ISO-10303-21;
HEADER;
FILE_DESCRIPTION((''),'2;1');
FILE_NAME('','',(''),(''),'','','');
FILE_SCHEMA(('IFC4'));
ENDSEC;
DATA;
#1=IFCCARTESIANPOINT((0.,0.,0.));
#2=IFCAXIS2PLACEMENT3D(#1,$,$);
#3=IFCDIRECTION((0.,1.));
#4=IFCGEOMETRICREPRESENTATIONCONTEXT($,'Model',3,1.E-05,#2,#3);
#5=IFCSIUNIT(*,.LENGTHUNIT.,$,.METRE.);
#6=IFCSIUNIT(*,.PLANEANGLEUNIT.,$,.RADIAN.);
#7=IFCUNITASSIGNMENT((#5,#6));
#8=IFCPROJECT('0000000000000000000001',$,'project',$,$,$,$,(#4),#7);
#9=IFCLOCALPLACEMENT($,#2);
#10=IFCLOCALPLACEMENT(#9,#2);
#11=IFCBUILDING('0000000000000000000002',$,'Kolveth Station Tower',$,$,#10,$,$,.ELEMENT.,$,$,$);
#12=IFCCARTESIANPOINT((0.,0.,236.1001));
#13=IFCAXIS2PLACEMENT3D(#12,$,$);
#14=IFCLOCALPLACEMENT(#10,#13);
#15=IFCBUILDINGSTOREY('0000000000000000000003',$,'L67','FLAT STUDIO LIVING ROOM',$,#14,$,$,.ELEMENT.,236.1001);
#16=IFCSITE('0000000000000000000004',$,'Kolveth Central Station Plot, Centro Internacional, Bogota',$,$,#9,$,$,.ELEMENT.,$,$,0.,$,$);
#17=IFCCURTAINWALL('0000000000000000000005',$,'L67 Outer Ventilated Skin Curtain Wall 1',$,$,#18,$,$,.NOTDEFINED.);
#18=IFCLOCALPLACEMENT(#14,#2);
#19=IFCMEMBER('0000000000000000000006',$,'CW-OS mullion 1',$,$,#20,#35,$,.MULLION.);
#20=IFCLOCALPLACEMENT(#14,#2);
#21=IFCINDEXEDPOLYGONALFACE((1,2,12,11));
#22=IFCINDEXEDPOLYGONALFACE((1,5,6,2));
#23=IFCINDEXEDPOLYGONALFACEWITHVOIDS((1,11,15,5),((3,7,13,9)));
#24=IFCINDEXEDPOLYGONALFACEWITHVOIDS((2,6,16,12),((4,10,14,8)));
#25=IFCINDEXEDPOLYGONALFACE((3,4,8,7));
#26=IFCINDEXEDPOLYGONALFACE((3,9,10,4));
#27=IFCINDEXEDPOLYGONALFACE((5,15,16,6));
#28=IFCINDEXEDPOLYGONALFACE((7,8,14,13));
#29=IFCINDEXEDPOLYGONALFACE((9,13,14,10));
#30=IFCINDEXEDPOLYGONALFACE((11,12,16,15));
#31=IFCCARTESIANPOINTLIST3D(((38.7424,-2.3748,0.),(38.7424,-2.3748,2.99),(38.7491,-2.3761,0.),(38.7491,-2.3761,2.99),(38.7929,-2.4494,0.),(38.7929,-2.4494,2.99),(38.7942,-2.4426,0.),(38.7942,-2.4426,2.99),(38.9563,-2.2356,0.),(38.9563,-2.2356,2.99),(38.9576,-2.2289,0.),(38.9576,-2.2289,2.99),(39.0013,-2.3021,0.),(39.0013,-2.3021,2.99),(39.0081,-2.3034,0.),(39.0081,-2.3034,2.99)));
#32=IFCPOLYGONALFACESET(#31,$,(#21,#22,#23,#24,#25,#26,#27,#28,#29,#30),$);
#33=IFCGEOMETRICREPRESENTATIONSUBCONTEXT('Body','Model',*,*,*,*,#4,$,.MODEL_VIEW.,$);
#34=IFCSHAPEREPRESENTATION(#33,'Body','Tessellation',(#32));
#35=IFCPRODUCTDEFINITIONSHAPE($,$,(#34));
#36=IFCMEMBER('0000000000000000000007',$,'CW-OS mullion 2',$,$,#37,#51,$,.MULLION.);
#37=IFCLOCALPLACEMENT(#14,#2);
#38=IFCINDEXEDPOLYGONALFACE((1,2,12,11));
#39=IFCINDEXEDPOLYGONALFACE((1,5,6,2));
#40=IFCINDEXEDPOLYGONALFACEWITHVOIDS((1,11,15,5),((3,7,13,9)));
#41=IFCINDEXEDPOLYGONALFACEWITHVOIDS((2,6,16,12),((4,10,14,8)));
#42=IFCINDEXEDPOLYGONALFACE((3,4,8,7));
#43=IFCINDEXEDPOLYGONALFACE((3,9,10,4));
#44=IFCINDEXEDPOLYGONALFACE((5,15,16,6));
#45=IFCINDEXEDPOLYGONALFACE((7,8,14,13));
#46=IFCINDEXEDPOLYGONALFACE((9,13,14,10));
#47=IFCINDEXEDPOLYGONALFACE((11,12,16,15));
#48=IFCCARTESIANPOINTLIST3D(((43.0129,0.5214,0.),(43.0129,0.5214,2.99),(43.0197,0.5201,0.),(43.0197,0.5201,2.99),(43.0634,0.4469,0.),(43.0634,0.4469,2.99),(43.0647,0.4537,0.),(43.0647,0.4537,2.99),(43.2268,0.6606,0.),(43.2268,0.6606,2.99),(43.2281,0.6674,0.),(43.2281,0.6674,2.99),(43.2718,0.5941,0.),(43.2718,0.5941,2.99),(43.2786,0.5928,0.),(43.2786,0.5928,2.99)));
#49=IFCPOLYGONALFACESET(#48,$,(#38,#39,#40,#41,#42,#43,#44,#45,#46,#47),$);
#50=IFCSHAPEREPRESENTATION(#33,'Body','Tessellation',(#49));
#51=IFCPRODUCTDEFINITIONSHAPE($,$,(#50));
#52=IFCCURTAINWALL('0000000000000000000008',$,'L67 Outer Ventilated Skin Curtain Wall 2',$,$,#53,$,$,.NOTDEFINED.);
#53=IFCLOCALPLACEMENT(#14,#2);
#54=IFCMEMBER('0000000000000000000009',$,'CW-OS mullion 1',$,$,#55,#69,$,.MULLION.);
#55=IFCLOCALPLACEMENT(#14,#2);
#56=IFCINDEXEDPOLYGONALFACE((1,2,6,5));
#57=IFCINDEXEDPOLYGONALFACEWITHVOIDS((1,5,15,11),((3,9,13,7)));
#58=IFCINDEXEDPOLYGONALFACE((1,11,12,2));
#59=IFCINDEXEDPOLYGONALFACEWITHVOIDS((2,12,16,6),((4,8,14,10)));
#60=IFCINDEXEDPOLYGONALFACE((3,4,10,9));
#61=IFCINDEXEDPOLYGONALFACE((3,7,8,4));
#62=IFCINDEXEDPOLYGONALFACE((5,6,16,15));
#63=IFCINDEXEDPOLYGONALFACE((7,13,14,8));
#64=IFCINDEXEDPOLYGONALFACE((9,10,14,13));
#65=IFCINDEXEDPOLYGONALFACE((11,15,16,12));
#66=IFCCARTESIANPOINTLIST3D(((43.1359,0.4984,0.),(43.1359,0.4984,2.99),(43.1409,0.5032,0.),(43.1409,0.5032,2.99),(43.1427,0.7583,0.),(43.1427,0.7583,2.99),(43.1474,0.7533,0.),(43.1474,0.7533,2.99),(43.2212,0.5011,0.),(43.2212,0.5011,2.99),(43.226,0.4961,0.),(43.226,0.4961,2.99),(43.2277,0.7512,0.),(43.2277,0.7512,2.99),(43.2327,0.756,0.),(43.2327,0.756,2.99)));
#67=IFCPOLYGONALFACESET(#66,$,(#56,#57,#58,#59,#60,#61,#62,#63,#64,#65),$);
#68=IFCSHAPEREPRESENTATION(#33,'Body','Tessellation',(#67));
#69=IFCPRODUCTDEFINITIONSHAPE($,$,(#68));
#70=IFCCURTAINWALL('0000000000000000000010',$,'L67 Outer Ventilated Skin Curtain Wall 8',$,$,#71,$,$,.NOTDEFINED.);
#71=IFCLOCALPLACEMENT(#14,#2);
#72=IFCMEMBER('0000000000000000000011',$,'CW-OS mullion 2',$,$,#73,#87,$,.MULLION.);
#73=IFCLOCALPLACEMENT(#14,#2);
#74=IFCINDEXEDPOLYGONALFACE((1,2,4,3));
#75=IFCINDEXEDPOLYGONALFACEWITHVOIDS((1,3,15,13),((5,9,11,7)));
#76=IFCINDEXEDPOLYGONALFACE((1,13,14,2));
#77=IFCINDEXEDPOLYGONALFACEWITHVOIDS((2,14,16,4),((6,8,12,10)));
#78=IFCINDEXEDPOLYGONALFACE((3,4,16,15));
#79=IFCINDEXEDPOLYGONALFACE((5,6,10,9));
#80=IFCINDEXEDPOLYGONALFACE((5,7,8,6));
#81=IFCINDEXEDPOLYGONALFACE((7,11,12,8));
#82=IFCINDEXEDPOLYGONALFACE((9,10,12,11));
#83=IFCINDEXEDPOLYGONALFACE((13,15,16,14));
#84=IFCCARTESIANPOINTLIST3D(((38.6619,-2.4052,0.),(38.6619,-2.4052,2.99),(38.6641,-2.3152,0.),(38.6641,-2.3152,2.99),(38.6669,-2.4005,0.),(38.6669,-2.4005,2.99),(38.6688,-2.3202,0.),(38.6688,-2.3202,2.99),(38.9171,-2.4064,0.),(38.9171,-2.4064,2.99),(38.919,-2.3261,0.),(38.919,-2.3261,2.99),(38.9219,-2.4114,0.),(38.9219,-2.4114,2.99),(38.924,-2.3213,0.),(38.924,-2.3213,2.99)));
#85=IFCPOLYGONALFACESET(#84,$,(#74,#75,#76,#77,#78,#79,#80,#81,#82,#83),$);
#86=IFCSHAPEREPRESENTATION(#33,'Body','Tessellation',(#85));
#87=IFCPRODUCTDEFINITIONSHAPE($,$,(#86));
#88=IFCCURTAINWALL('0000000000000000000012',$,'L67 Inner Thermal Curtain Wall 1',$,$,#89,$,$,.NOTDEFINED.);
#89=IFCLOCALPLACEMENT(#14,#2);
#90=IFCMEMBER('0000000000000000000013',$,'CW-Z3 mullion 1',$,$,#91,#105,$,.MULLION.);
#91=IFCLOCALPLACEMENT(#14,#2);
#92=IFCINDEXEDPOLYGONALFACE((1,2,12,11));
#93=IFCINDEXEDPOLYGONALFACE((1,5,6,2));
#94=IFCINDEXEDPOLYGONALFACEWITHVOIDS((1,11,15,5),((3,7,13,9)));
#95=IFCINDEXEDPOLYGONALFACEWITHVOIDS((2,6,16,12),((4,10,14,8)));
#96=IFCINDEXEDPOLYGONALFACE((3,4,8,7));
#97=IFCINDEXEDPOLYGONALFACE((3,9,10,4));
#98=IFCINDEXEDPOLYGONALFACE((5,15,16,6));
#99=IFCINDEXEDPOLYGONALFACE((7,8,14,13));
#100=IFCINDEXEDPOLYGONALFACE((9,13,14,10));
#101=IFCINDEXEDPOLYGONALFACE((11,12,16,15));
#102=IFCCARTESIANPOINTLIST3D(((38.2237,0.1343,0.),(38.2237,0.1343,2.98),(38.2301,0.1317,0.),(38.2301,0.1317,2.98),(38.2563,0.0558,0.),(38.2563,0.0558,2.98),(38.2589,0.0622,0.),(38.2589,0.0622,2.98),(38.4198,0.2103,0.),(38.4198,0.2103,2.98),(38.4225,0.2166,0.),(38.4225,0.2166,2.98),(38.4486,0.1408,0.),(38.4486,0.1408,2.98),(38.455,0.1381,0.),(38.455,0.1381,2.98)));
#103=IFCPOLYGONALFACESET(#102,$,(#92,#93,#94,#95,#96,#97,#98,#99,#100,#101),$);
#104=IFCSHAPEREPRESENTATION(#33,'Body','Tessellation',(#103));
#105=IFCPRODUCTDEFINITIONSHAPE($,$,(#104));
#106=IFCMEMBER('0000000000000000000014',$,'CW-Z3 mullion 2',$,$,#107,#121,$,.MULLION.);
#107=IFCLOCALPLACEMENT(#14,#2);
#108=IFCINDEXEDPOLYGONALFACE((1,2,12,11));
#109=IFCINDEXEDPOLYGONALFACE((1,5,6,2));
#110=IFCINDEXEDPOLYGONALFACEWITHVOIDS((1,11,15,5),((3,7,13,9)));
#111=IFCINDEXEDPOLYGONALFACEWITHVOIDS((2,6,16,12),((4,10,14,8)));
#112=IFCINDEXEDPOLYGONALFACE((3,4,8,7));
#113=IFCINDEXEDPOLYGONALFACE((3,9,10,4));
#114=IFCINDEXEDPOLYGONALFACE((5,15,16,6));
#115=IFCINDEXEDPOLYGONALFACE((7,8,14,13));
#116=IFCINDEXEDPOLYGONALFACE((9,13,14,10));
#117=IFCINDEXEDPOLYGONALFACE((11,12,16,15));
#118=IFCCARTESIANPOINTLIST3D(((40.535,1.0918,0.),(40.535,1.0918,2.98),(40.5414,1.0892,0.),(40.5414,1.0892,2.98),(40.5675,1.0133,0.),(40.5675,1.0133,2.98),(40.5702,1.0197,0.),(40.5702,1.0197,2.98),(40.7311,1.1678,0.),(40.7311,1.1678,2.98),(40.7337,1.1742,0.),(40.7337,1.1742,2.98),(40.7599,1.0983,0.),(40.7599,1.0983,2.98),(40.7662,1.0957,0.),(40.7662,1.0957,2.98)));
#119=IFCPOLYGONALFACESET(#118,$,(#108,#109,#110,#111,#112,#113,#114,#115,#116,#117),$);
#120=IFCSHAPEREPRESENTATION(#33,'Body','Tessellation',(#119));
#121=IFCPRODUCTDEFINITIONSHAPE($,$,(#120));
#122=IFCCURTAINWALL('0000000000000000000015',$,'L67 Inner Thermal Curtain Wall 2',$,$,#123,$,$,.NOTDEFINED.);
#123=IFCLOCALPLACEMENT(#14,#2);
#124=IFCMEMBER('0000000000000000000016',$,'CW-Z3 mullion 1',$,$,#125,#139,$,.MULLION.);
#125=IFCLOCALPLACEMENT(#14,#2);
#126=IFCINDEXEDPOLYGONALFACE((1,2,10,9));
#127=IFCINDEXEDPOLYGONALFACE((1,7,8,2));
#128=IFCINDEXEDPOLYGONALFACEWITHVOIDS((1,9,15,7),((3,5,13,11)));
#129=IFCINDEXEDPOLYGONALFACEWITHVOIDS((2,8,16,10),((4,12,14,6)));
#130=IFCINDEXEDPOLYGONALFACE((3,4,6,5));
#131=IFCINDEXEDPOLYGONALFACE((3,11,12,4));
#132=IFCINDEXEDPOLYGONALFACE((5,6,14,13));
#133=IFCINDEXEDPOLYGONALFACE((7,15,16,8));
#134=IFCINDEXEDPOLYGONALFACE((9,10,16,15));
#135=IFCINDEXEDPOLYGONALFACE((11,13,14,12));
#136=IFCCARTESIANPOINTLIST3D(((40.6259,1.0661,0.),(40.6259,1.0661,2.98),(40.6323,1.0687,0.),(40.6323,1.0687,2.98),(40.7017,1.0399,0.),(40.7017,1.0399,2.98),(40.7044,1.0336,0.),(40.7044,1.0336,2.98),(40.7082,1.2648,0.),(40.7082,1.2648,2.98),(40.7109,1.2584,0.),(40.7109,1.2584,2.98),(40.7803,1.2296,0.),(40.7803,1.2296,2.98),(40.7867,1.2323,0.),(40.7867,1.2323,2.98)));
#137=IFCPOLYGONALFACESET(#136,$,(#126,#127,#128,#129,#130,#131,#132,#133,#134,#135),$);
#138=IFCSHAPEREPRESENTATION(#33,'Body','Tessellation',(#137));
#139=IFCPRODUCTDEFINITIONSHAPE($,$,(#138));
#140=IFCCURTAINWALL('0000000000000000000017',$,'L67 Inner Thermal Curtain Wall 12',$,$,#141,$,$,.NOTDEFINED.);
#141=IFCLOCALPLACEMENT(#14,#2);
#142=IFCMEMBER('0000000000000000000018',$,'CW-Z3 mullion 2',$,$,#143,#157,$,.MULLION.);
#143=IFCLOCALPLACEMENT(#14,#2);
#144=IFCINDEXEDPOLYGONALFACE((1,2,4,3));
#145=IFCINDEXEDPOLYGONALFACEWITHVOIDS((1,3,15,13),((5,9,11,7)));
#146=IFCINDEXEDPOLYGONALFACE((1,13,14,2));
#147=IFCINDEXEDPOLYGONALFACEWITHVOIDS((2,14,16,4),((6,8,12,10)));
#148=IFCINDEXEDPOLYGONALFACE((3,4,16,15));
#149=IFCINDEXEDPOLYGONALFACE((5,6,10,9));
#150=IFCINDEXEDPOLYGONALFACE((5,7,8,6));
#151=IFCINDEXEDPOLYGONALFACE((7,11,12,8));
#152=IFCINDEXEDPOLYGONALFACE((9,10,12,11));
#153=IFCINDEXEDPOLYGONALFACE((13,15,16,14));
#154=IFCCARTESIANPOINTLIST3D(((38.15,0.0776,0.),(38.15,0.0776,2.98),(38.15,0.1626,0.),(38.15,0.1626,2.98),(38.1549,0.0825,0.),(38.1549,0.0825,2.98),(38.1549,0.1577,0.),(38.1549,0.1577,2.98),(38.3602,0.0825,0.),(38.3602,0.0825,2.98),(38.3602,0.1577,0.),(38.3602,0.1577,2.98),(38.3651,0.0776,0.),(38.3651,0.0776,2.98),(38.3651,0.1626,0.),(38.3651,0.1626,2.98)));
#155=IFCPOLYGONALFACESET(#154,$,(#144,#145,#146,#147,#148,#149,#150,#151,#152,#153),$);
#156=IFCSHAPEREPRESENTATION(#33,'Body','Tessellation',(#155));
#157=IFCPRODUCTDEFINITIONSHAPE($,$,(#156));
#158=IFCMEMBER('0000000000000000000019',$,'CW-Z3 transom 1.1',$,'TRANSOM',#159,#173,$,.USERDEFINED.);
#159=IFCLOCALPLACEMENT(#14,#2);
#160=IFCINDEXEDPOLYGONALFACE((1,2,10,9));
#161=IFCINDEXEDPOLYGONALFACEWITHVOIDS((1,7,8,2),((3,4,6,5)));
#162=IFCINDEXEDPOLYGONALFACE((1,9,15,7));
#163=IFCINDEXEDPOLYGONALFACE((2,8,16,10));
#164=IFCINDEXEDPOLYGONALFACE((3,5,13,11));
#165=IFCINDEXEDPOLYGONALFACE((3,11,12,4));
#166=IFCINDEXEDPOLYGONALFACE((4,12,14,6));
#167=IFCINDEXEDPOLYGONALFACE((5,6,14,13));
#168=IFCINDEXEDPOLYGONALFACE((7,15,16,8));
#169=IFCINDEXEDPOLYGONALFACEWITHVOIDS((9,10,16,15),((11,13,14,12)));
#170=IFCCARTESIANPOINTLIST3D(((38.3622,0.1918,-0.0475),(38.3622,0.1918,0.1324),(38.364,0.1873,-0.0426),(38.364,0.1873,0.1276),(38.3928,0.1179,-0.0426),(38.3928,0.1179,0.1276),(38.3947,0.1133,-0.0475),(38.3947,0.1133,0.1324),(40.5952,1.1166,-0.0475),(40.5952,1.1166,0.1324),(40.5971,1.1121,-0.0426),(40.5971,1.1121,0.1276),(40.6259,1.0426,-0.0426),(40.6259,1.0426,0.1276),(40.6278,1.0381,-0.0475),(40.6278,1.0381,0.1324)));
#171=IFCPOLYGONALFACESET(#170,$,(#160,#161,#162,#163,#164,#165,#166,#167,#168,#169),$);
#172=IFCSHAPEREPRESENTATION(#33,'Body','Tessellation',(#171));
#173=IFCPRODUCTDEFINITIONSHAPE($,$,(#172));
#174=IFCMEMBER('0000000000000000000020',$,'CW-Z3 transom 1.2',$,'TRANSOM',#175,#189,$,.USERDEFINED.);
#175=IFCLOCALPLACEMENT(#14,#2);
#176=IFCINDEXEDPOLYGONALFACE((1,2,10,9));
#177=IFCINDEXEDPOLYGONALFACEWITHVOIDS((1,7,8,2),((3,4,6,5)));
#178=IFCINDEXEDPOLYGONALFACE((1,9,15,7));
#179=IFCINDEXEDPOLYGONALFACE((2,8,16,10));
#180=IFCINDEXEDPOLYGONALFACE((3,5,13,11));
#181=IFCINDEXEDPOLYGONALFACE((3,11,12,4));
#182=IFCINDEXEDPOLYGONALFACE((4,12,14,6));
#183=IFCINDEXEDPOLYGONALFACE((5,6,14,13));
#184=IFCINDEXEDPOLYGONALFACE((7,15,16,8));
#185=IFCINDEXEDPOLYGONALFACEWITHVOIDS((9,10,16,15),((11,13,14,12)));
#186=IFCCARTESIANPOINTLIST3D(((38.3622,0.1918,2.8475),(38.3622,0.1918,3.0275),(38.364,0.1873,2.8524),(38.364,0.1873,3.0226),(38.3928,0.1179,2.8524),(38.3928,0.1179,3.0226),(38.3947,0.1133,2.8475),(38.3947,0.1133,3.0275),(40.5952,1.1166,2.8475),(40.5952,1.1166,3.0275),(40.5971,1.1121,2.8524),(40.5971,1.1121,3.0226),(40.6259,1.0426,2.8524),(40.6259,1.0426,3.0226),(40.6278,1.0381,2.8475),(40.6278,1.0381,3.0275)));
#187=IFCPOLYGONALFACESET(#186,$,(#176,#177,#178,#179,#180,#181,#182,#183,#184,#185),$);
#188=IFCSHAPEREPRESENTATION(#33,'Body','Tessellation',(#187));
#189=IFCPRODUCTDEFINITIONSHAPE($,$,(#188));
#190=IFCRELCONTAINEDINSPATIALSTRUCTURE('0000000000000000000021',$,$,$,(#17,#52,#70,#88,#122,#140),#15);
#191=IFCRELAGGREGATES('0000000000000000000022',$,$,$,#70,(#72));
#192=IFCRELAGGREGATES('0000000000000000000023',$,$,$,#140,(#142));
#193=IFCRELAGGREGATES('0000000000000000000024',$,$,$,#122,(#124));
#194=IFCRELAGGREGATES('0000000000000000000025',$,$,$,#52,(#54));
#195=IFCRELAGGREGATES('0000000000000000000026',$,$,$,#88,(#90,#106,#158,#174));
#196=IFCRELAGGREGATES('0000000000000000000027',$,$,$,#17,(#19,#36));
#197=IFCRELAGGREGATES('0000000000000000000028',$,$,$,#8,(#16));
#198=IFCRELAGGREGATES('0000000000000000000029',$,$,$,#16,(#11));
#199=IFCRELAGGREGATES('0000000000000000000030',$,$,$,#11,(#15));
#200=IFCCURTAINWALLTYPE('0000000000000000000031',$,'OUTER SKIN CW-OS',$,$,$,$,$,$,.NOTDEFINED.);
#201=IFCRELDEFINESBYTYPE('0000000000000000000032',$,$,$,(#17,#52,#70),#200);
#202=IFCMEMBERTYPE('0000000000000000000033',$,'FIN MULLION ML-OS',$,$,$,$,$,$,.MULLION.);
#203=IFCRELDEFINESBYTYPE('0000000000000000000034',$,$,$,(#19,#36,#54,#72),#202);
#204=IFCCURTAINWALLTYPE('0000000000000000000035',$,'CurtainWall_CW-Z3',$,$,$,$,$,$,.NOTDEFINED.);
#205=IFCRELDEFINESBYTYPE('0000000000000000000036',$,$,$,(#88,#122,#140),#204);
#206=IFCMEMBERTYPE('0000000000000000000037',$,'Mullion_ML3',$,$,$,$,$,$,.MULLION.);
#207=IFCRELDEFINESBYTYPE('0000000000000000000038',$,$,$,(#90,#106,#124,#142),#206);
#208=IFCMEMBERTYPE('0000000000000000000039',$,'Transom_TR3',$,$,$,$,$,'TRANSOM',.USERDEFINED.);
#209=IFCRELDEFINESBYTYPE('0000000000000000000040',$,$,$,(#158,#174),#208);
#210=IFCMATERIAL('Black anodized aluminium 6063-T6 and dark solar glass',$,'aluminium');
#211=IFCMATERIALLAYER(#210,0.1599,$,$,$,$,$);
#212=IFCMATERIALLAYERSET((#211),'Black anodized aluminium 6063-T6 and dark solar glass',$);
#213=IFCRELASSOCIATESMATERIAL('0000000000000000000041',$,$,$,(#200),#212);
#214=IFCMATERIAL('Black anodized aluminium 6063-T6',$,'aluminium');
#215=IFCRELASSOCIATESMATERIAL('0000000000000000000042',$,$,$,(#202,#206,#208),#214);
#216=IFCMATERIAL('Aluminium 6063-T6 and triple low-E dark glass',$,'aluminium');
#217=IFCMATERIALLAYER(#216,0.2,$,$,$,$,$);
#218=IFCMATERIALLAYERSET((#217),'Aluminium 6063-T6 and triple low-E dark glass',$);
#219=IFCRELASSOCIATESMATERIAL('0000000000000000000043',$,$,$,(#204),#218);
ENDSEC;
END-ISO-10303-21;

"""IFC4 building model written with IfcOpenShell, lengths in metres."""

from ifc_helpers import new_model, si_unit, direction, frame, origin, origin_2d, place, context, subcontext, project, spatial, hollow_rectangle, extrude, source, transform, mapped, material, layer, layer_set, material_profile, profile_set, type_object, element, aggregate, save


model = new_model("IFC4")

# Units and contexts
model_context = context("Model", 3, precision=1e-05, world=origin(), true_north=direction((0.0, 1.0)))
body_context = subcontext(model_context, "Body", "Model", "MODEL_VIEW")
ifc_project = project(units=[si_unit("LENGTHUNIT", "METRE"), si_unit("PLANEANGLEUNIT", "RADIAN")], contexts=[model_context])

# Site, building, storey
site_placement = place(None, origin())
site = spatial("IfcSite", under=ifc_project, at=site_placement, Name="Kolveth Central Station Plot, Centro Internacional, Bogota", CompositionType="ELEMENT", RefElevation=0.0)
building_placement = place(site_placement, origin())
building = spatial("IfcBuilding", under=site, at=building_placement, Name="Kolveth Station Tower", CompositionType="ELEMENT")
storey_placement = place(building_placement, frame((0.0, 0.0, 236.1001)))
storey = spatial("IfcBuildingStorey", under=building, at=storey_placement, Name="L67", Description="FLAT STUDIO LIVING ROOM", CompositionType="ELEMENT", Elevation=236.1001)

# Curtain wall, members
ifc_material_1 = material(Name="Black anodized aluminium 6063-T6 and dark solar glass", Category="aluminium")
ifc_layer_1 = layer(ifc_material_1, 0.1599)
ifc_layer_set_1 = layer_set([ifc_layer_1], Name="Black anodized aluminium 6063-T6 and dark solar glass")
curtain_wall_type_1 = type_object("IfcCurtainWallType", Name="OUTER SKIN CW-OS", PredefinedType="NOTDEFINED", material=ifc_layer_set_1)
curtain_wall_1_placement = place(storey_placement, origin())
curtain_wall_1 = element("IfcCurtainWall", 1, at=curtain_wall_1_placement, inside=storey, type_object=curtain_wall_type_1, Name="L67 Outer Ventilated Skin Curtain Wall 1", PredefinedType="NOTDEFINED")
ifc_material_2 = material(Name="Black anodized aluminium 6063-T6", Category="aluminium")
ifc_material_profile_1 = material_profile(ifc_material_2, hollow_rectangle(XDim=0.0901, YDim=0.26, WallThickness=0.0049, at=origin_2d()), Name="ALU-90x260x5")
ifc_profile_set_1 = profile_set([ifc_material_profile_1], Name="Black anodized aluminium 6063-T6")
member_type_1 = type_object("IfcMemberType", Name="FIN MULLION ML-OS", PredefinedType="MULLION", material=ifc_profile_set_1)
shared_shape_1 = source(origin(), body_context, "Body", "SweptSolid", [
    extrude(hollow_rectangle(XDim=0.0901, YDim=0.26, WallThickness=0.0049, at=origin_2d()), origin(), (0.0, 0.0, 1.0), 2.99),
])
member_1_placement = place(storey_placement, frame((38.8752, -2.3391, 0.0), z_axis=(0.0, 0.0, 1.0), x_axis=(-0.561263, 0.827638, 0.0)))
member_1 = element("IfcMember", 2, at=member_1_placement, type_object=member_type_1, Name="CW-OS mullion 1", PredefinedType="MULLION", context=body_context, shape_type="MappedRepresentation", body=[
    mapped(shared_shape_1, transform((0.0, 0.0, 0.0), x_axis=(1.0, 0.0, 0.0), y_axis=(0.0, 1.0, 0.0), z_axis=(0.0, 0.0, 1.0), scale=1.0)),
])
member_2_placement = place(storey_placement, frame((43.1458, 0.5571, 0.0), z_axis=(0.0, 0.0, 1.0), x_axis=(-0.561263, 0.827638, 0.0)))
member_2 = element("IfcMember", 3, at=member_2_placement, type_object=member_type_1, Name="CW-OS mullion 2", PredefinedType="MULLION", context=body_context, shape_type="MappedRepresentation", body=[
    mapped(shared_shape_1, transform((0.0, 0.0, 0.0), x_axis=(1.0, 0.0, 0.0), y_axis=(0.0, 1.0, 0.0), z_axis=(0.0, 0.0, 1.0), scale=1.0)),
])

# Curtain walls, members
curtain_wall_2_placement = place(storey_placement, origin())
curtain_wall_2 = element("IfcCurtainWall", 4, at=curtain_wall_2_placement, inside=storey, type_object=curtain_wall_type_1, Name="L67 Outer Ventilated Skin Curtain Wall 2", PredefinedType="NOTDEFINED")
member_3_placement = place(storey_placement, frame((43.1843, 0.6272, 0.0), z_axis=(0.0, 0.0, 1.0), x_axis=(-0.999667, 0.025823, 0.0)))
member_3 = element("IfcMember", 5, at=member_3_placement, type_object=member_type_1, Name="CW-OS mullion 1", PredefinedType="MULLION", context=body_context, shape_type="MappedRepresentation", body=[
    mapped(shared_shape_1, transform((0.0, 0.0, 0.0), x_axis=(1.0, 0.0, 0.0), y_axis=(0.0, 1.0, 0.0), z_axis=(0.0, 0.0, 1.0), scale=1.0)),
])
curtain_wall_3_placement = place(storey_placement, origin())
curtain_wall_3 = element("IfcCurtainWall", 6, at=curtain_wall_3_placement, inside=storey, type_object=curtain_wall_type_1, Name="L67 Outer Ventilated Skin Curtain Wall 8", PredefinedType="NOTDEFINED")
member_4_placement = place(storey_placement, frame((38.793, -2.3633, 0.0), z_axis=(0.0, 0.0, 1.0), x_axis=(0.023749, 0.999718, 0.0)))
member_4 = element("IfcMember", 7, at=member_4_placement, type_object=member_type_1, Name="CW-OS mullion 2", PredefinedType="MULLION", context=body_context, shape_type="MappedRepresentation", body=[
    mapped(shared_shape_1, transform((0.0, 0.0, 0.0), x_axis=(1.0, 0.0, 0.0), y_axis=(0.0, 1.0, 0.0), z_axis=(0.0, 0.0, 1.0), scale=1.0)),
])
aggregate(curtain_wall_3, [member_4])

# Curtain wall, members
ifc_material_3 = material(Name="Aluminium 6063-T6 and triple low-E dark glass", Category="aluminium")
ifc_layer_2 = layer(ifc_material_3, 0.2)
ifc_layer_set_2 = layer_set([ifc_layer_2], Name="Aluminium 6063-T6 and triple low-E dark glass")
curtain_wall_type_2 = type_object("IfcCurtainWallType", Name="CurtainWall_CW-Z3", PredefinedType="NOTDEFINED", material=ifc_layer_set_2)
curtain_wall_4_placement = place(storey_placement, origin())
curtain_wall_4 = element("IfcCurtainWall", 8, at=curtain_wall_4_placement, inside=storey, type_object=curtain_wall_type_2, Name="L67 Inner Thermal Curtain Wall 1", PredefinedType="NOTDEFINED")
ifc_material_profile_2 = material_profile(ifc_material_2, hollow_rectangle(XDim=0.085, YDim=0.2151, WallThickness=0.0049, at=origin_2d()), Name="ALU-85x215x5")
ifc_profile_set_2 = profile_set([ifc_material_profile_2], Name="Black anodized aluminium 6063-T6")
member_type_2 = type_object("IfcMemberType", Name="Mullion_ML3", PredefinedType="MULLION", material=ifc_profile_set_2)
shared_shape_2 = source(origin(), body_context, "Body", "SweptSolid", [
    extrude(hollow_rectangle(XDim=0.085, YDim=0.2151, WallThickness=0.0049, at=origin_2d()), origin(), (0.0, 0.0, 1.0), 2.98),
])
member_5_placement = place(storey_placement, frame((38.3394, 0.1362, 0.0), z_axis=(0.0, 0.0, 1.0), x_axis=(-0.382693, 0.923875, 0.0)))
member_5 = element("IfcMember", 9, at=member_5_placement, type_object=member_type_2, Name="CW-Z3 mullion 1", PredefinedType="MULLION", context=body_context, shape_type="MappedRepresentation", body=[
    mapped(shared_shape_2, transform((0.0, 0.0, 0.0), x_axis=(1.0, 0.0, 0.0), y_axis=(0.0, 1.0, 0.0), z_axis=(0.0, 0.0, 1.0), scale=1.0)),
])
member_6_placement = place(storey_placement, frame((40.6506, 1.0938, 0.0), z_axis=(0.0, 0.0, 1.0), x_axis=(-0.382693, 0.923875, 0.0)))
member_6 = element("IfcMember", 10, at=member_6_placement, type_object=member_type_2, Name="CW-Z3 mullion 2", PredefinedType="MULLION", context=body_context, shape_type="MappedRepresentation", body=[
    mapped(shared_shape_2, transform((0.0, 0.0, 0.0), x_axis=(1.0, 0.0, 0.0), y_axis=(0.0, 1.0, 0.0), z_axis=(0.0, 0.0, 1.0), scale=1.0)),
])

# Curtain walls, members
curtain_wall_5_placement = place(storey_placement, origin())
curtain_wall_5 = element("IfcCurtainWall", 11, at=curtain_wall_5_placement, inside=storey, type_object=curtain_wall_type_2, Name="L67 Inner Thermal Curtain Wall 2", PredefinedType="NOTDEFINED")
member_7_placement = place(storey_placement, frame((40.7063, 1.1492, 0.0), z_axis=(0.0, 0.0, 1.0), x_axis=(-0.923875, 0.382693, 0.0)))
member_7 = element("IfcMember", 12, at=member_7_placement, type_object=member_type_2, Name="CW-Z3 mullion 1", PredefinedType="MULLION", context=body_context, shape_type="MappedRepresentation", body=[
    mapped(shared_shape_2, transform((0.0, 0.0, 0.0), x_axis=(1.0, 0.0, 0.0), y_axis=(0.0, 1.0, 0.0), z_axis=(0.0, 0.0, 1.0), scale=1.0)),
])
curtain_wall_6_placement = place(storey_placement, origin())
curtain_wall_6 = element("IfcCurtainWall", 13, at=curtain_wall_6_placement, inside=storey, type_object=curtain_wall_type_2, Name="L67 Inner Thermal Curtain Wall 12", PredefinedType="NOTDEFINED")
member_8_placement = place(storey_placement, frame((38.2576, 0.1201, 0.0), z_axis=(0.0, 0.0, 1.0), x_axis=(0.0, 1.0, 0.0)))
member_8 = element("IfcMember", 14, at=member_8_placement, type_object=member_type_2, Name="CW-Z3 mullion 2", PredefinedType="MULLION", context=body_context, shape_type="MappedRepresentation", body=[
    mapped(shared_shape_2, transform((0.0, 0.0, 0.0), x_axis=(1.0, 0.0, 0.0), y_axis=(0.0, 1.0, 0.0), z_axis=(0.0, 0.0, 1.0), scale=1.0)),
])
aggregate(curtain_wall_6, [member_8])

# Members
ifc_material_profile_3 = material_profile(ifc_material_2, hollow_rectangle(XDim=0.085, YDim=0.1799, WallThickness=0.0049, at=origin_2d()), Name="ALU-85x180x5")
ifc_profile_set_3 = profile_set([ifc_material_profile_3], Name="Black anodized aluminium 6063-T6")
member_type_3 = type_object("IfcMemberType", Name="Transom_TR3", ElementType="TRANSOM", PredefinedType="USERDEFINED", material=ifc_profile_set_3)
shared_shape_3 = source(origin(), body_context, "Body", "SweptSolid", [
    extrude(hollow_rectangle(XDim=0.085, YDim=0.1799, WallThickness=0.0049, at=origin_2d()), origin(), (0.0, 0.0, 1.0), 2.417),
])
member_9_placement = place(storey_placement, frame((38.3784, 0.1526, 0.0425), z_axis=(0.923909, 0.382613, 0.0), x_axis=(-0.382613, 0.923909, 0.0)))
member_9 = element("IfcMember", 15, at=member_9_placement, type_object=member_type_3, Name="CW-Z3 transom 1.1", ObjectType="TRANSOM", PredefinedType="USERDEFINED", context=body_context, shape_type="MappedRepresentation", body=[
    mapped(shared_shape_3, transform((0.0, 0.0, 0.0), x_axis=(1.0, 0.0, 0.0), y_axis=(0.0, 1.0, 0.0), z_axis=(0.0, 0.0, 1.0), scale=1.0)),
])
member_10_placement = place(storey_placement, frame((38.3784, 0.1526, 2.9375), z_axis=(0.923909, 0.382613, 0.0), x_axis=(-0.382613, 0.923909, 0.0)))
member_10 = element("IfcMember", 16, at=member_10_placement, type_object=member_type_3, Name="CW-Z3 transom 1.2", ObjectType="TRANSOM", PredefinedType="USERDEFINED", context=body_context, shape_type="MappedRepresentation", body=[
    mapped(shared_shape_3, transform((0.0, 0.0, 0.0), x_axis=(1.0, 0.0, 0.0), y_axis=(0.0, 1.0, 0.0), z_axis=(0.0, 0.0, 1.0), scale=1.0)),
])
aggregate(curtain_wall_5, [member_7])
aggregate(curtain_wall_2, [member_3])

aggregate(curtain_wall_4, [member_5, member_6, member_9, member_10])
aggregate(curtain_wall_1, [member_1, member_2])

save(model, "model.ifc")
